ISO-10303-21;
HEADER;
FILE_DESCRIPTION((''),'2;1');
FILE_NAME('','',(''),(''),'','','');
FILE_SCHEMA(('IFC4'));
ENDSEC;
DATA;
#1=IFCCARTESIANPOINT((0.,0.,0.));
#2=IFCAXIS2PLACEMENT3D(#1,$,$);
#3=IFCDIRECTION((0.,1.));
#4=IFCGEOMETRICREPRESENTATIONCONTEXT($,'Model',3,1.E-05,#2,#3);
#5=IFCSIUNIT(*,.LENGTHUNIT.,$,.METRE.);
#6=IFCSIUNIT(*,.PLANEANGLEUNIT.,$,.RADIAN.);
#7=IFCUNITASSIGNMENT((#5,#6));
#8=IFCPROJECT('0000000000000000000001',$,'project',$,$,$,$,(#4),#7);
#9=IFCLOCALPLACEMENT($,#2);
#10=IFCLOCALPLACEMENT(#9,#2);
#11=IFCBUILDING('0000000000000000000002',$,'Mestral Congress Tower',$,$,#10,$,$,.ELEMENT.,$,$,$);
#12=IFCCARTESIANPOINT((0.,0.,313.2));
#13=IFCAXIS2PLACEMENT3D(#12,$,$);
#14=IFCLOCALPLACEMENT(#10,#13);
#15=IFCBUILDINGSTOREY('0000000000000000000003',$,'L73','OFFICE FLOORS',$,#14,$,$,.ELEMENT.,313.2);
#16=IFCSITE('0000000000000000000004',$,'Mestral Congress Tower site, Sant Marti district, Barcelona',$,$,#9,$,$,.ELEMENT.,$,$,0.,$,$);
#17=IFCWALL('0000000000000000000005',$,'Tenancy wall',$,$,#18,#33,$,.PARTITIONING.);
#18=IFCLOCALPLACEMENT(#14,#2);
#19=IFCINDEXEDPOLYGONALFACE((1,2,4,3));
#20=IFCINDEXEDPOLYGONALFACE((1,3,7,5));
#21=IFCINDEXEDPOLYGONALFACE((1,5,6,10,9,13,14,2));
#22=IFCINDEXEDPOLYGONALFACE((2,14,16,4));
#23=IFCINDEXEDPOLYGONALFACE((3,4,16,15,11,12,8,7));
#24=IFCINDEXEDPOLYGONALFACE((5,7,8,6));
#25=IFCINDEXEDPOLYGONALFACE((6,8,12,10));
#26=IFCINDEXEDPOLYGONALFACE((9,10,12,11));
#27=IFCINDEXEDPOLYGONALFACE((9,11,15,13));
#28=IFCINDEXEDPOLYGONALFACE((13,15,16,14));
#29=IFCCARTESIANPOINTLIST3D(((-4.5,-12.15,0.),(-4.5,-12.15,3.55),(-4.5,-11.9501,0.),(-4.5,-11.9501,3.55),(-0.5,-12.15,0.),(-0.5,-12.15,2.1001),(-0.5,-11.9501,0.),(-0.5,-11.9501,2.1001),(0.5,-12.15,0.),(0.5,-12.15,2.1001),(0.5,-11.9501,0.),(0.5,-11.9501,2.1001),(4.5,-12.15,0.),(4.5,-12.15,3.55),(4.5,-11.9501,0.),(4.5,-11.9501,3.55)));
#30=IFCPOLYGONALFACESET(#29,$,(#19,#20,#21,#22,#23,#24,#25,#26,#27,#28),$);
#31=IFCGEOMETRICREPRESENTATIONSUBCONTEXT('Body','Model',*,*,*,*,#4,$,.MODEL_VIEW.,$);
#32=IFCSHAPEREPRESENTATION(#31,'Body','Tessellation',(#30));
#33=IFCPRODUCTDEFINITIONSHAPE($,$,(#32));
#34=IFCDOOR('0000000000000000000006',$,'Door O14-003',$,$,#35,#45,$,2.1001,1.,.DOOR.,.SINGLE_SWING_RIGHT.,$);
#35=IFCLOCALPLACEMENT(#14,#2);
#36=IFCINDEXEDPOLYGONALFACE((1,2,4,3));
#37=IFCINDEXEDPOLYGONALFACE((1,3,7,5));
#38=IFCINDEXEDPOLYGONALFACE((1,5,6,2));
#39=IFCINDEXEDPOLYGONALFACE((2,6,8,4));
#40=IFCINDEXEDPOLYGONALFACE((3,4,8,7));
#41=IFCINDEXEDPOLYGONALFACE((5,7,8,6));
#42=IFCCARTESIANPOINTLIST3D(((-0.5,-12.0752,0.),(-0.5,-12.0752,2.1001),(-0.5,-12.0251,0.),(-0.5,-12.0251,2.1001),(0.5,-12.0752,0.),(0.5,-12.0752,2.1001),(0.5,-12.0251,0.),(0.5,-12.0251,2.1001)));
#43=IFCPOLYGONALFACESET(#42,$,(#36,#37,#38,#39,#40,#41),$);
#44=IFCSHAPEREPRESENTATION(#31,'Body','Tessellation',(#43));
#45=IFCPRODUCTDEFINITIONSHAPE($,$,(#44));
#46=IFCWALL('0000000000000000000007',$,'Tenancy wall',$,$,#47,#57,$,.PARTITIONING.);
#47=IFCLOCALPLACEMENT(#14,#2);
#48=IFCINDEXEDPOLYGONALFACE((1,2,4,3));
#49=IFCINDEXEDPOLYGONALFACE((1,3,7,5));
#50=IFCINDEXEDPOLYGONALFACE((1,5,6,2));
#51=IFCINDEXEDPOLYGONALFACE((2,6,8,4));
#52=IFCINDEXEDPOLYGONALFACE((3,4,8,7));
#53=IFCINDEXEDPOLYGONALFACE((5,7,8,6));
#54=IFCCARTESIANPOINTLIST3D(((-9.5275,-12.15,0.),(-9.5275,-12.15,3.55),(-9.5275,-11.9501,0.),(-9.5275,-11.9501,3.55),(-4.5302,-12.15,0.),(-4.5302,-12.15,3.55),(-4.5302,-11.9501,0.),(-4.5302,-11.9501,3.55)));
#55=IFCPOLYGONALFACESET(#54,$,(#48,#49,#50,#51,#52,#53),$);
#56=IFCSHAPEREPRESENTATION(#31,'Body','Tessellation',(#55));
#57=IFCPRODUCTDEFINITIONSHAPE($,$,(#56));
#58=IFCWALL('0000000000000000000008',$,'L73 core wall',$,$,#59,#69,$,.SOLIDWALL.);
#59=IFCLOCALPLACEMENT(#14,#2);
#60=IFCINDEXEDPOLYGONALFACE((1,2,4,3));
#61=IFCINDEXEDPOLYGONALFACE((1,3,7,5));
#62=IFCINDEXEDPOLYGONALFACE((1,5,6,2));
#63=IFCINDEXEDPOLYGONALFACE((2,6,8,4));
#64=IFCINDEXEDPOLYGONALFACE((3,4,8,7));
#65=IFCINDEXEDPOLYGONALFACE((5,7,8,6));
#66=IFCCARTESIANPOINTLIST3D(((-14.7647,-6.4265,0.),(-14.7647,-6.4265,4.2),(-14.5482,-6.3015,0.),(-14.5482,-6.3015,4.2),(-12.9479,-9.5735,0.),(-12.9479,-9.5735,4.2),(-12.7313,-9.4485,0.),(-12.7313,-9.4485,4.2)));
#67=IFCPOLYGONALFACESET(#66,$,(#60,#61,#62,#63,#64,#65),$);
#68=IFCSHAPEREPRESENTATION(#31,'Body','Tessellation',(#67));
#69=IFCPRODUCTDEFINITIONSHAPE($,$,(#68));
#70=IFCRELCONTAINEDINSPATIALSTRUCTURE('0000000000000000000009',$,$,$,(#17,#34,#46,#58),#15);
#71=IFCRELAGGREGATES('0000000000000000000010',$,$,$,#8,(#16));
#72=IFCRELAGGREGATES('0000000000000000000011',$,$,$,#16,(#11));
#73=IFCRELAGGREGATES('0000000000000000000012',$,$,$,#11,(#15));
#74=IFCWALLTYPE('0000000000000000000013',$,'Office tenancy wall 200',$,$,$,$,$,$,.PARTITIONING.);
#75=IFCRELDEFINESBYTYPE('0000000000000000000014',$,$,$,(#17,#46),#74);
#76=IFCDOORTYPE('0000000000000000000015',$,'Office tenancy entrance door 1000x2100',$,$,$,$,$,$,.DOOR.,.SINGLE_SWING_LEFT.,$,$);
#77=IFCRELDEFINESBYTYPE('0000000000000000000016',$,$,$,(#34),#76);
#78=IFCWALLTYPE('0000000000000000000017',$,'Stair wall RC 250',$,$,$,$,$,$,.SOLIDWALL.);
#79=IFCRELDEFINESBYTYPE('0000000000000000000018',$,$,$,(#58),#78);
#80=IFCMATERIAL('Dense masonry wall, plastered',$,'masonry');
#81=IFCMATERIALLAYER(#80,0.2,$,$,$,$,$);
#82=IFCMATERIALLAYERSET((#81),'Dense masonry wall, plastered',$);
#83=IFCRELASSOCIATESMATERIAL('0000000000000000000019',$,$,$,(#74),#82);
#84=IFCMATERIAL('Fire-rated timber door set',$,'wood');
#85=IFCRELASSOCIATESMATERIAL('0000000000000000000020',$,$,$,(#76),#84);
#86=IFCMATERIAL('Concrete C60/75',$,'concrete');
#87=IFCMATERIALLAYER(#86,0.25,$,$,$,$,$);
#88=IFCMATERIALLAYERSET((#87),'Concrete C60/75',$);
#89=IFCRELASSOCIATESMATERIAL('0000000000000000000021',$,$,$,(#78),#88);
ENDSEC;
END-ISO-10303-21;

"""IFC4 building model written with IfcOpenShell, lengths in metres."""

from ifc_helpers import new_model, si_unit, direction, frame, frame_2d, origin, place, context, subcontext, project, spatial, rectangle, extrude, material, layer, layer_set, type_object, element, fill, save


model = new_model("IFC4")

# Units and contexts
model_context = context("Model", 3, precision=1e-05, world=origin(), true_north=direction((0.0, 1.0)))
body_context = subcontext(model_context, "Body", "Model", "MODEL_VIEW")
ifc_project = project(units=[si_unit("LENGTHUNIT", "METRE"), si_unit("PLANEANGLEUNIT", "RADIAN")], contexts=[model_context])

# Site, building, storey
site_placement = place(None, origin())
site = spatial("IfcSite", under=ifc_project, at=site_placement, Name="Mestral Congress Tower site, Sant Marti district, Barcelona", CompositionType="ELEMENT", RefElevation=0.0)
building_placement = place(site_placement, origin())
building = spatial("IfcBuilding", under=site, at=building_placement, Name="Mestral Congress Tower", CompositionType="ELEMENT")
storey_placement = place(building_placement, frame((0.0, 0.0, 313.2)))
storey = spatial("IfcBuildingStorey", under=building, at=storey_placement, Name="L73", Description="OFFICE FLOORS", CompositionType="ELEMENT", Elevation=313.2)

# Shared definitions
ifc_material_1 = material(Name="Concrete C60/75", Category="concrete")

# Shared definitions
ifc_material_2 = material(Name="Dense masonry wall, plastered", Category="masonry")
ifc_layer_1 = layer(ifc_material_2, 0.2)
ifc_layer_set_1 = layer_set([ifc_layer_1], Name="Dense masonry wall, plastered")
wall_type_1 = type_object("IfcWallType", Name="Office tenancy wall 200", PredefinedType="PARTITIONING", material=ifc_layer_set_1)

# Wall, opening, door
wall_1_placement = place(storey_placement, frame((-4.5, -12.05, 0.0), z_axis=(0.0, 0.0, 1.0), x_axis=(1.0, 0.0, 0.0)))
wall_1 = element("IfcWall", 1, at=wall_1_placement, inside=storey, type_object=wall_type_1, Name="Tenancy wall", PredefinedType="PARTITIONING", context=body_context, shape_type="SweptSolid", body=[
    extrude(rectangle(XDim=9.0, YDim=0.2, at=frame_2d((4.5, 0.0))), origin(), (0.0, 0.0, 1.0), 3.55),
])
opening_1_placement = place(wall_1_placement, frame((4.0, 0.0, 0.0)))
opening_1 = element("IfcOpeningElement", 2, at=opening_1_placement, cuts=wall_1, PredefinedType="OPENING", context=body_context, shape_type="SweptSolid", body=[
    extrude(rectangle(XDim=1.0, YDim=2.1001, at=frame_2d((0.5, 1.05))), frame((0.0, 0.1099, 0.0), z_axis=(0.0, -1.0, 0.0), x_axis=(1.0, 0.0, 0.0)), (0.0, 0.0, 1.0), 0.22),
])
ifc_material_3 = material(Name="Fire-rated timber door set", Category="wood")
door_type_1 = type_object("IfcDoorType", Name="Office tenancy entrance door 1000x2100", OperationType="SINGLE_SWING_LEFT", PredefinedType="DOOR", material=ifc_material_3)
door_1_placement = place(opening_1_placement, origin())
door_1 = element("IfcDoor", 3, at=door_1_placement, inside=storey, type_object=door_type_1, Name="Door O14-003", OperationType="SINGLE_SWING_RIGHT", OverallHeight=2.1001, OverallWidth=1.0, PredefinedType="DOOR", context=body_context, shape_type="SweptSolid", body=[
    extrude(rectangle(XDim=1.0, YDim=2.1001, at=frame_2d((0.5, 1.05))), frame((0.0, 0.0249, 0.0), z_axis=(0.0, -1.0, 0.0), x_axis=(1.0, 0.0, 0.0)), (0.0, 0.0, 1.0), 0.05),
])
fill(opening_1, door_1)

# Walls
wall_2_placement = place(storey_placement, frame((-9.5273, -12.05, 0.0), z_axis=(0.0, 0.0, 1.0), x_axis=(1.0, 0.0, 0.0)))
element("IfcWall", 4, at=wall_2_placement, inside=storey, type_object=wall_type_1, Name="Tenancy wall", PredefinedType="PARTITIONING", context=body_context, shape_type="SweptSolid", body=[
    extrude(rectangle(XDim=4.9973, YDim=0.2, at=frame_2d((2.4985, 0.0))), origin(), (0.0, 0.0, 1.0), 3.55),
])
ifc_layer_2 = layer(ifc_material_1, 0.25)
ifc_layer_set_2 = layer_set([ifc_layer_2], Name="Concrete C60/75")
wall_type_2 = type_object("IfcWallType", Name="Stair wall RC 250", PredefinedType="SOLIDWALL", material=ifc_layer_set_2)
wall_3_placement = place(storey_placement, frame((-12.8396, -9.511, 0.0), z_axis=(0.0, 0.0, 1.0), x_axis=(-0.499998, 0.866027, 0.0)))
element("IfcWall", 5, at=wall_3_placement, inside=storey, type_object=wall_type_2, Name="L73 core wall", PredefinedType="SOLIDWALL", context=body_context, shape_type="SweptSolid", body=[
    extrude(rectangle(XDim=3.6338, YDim=0.25, at=frame_2d((1.8169, 0.0))), origin(), (0.0, 0.0, 1.0), 4.2),
])

save(model, "model.ifc")
